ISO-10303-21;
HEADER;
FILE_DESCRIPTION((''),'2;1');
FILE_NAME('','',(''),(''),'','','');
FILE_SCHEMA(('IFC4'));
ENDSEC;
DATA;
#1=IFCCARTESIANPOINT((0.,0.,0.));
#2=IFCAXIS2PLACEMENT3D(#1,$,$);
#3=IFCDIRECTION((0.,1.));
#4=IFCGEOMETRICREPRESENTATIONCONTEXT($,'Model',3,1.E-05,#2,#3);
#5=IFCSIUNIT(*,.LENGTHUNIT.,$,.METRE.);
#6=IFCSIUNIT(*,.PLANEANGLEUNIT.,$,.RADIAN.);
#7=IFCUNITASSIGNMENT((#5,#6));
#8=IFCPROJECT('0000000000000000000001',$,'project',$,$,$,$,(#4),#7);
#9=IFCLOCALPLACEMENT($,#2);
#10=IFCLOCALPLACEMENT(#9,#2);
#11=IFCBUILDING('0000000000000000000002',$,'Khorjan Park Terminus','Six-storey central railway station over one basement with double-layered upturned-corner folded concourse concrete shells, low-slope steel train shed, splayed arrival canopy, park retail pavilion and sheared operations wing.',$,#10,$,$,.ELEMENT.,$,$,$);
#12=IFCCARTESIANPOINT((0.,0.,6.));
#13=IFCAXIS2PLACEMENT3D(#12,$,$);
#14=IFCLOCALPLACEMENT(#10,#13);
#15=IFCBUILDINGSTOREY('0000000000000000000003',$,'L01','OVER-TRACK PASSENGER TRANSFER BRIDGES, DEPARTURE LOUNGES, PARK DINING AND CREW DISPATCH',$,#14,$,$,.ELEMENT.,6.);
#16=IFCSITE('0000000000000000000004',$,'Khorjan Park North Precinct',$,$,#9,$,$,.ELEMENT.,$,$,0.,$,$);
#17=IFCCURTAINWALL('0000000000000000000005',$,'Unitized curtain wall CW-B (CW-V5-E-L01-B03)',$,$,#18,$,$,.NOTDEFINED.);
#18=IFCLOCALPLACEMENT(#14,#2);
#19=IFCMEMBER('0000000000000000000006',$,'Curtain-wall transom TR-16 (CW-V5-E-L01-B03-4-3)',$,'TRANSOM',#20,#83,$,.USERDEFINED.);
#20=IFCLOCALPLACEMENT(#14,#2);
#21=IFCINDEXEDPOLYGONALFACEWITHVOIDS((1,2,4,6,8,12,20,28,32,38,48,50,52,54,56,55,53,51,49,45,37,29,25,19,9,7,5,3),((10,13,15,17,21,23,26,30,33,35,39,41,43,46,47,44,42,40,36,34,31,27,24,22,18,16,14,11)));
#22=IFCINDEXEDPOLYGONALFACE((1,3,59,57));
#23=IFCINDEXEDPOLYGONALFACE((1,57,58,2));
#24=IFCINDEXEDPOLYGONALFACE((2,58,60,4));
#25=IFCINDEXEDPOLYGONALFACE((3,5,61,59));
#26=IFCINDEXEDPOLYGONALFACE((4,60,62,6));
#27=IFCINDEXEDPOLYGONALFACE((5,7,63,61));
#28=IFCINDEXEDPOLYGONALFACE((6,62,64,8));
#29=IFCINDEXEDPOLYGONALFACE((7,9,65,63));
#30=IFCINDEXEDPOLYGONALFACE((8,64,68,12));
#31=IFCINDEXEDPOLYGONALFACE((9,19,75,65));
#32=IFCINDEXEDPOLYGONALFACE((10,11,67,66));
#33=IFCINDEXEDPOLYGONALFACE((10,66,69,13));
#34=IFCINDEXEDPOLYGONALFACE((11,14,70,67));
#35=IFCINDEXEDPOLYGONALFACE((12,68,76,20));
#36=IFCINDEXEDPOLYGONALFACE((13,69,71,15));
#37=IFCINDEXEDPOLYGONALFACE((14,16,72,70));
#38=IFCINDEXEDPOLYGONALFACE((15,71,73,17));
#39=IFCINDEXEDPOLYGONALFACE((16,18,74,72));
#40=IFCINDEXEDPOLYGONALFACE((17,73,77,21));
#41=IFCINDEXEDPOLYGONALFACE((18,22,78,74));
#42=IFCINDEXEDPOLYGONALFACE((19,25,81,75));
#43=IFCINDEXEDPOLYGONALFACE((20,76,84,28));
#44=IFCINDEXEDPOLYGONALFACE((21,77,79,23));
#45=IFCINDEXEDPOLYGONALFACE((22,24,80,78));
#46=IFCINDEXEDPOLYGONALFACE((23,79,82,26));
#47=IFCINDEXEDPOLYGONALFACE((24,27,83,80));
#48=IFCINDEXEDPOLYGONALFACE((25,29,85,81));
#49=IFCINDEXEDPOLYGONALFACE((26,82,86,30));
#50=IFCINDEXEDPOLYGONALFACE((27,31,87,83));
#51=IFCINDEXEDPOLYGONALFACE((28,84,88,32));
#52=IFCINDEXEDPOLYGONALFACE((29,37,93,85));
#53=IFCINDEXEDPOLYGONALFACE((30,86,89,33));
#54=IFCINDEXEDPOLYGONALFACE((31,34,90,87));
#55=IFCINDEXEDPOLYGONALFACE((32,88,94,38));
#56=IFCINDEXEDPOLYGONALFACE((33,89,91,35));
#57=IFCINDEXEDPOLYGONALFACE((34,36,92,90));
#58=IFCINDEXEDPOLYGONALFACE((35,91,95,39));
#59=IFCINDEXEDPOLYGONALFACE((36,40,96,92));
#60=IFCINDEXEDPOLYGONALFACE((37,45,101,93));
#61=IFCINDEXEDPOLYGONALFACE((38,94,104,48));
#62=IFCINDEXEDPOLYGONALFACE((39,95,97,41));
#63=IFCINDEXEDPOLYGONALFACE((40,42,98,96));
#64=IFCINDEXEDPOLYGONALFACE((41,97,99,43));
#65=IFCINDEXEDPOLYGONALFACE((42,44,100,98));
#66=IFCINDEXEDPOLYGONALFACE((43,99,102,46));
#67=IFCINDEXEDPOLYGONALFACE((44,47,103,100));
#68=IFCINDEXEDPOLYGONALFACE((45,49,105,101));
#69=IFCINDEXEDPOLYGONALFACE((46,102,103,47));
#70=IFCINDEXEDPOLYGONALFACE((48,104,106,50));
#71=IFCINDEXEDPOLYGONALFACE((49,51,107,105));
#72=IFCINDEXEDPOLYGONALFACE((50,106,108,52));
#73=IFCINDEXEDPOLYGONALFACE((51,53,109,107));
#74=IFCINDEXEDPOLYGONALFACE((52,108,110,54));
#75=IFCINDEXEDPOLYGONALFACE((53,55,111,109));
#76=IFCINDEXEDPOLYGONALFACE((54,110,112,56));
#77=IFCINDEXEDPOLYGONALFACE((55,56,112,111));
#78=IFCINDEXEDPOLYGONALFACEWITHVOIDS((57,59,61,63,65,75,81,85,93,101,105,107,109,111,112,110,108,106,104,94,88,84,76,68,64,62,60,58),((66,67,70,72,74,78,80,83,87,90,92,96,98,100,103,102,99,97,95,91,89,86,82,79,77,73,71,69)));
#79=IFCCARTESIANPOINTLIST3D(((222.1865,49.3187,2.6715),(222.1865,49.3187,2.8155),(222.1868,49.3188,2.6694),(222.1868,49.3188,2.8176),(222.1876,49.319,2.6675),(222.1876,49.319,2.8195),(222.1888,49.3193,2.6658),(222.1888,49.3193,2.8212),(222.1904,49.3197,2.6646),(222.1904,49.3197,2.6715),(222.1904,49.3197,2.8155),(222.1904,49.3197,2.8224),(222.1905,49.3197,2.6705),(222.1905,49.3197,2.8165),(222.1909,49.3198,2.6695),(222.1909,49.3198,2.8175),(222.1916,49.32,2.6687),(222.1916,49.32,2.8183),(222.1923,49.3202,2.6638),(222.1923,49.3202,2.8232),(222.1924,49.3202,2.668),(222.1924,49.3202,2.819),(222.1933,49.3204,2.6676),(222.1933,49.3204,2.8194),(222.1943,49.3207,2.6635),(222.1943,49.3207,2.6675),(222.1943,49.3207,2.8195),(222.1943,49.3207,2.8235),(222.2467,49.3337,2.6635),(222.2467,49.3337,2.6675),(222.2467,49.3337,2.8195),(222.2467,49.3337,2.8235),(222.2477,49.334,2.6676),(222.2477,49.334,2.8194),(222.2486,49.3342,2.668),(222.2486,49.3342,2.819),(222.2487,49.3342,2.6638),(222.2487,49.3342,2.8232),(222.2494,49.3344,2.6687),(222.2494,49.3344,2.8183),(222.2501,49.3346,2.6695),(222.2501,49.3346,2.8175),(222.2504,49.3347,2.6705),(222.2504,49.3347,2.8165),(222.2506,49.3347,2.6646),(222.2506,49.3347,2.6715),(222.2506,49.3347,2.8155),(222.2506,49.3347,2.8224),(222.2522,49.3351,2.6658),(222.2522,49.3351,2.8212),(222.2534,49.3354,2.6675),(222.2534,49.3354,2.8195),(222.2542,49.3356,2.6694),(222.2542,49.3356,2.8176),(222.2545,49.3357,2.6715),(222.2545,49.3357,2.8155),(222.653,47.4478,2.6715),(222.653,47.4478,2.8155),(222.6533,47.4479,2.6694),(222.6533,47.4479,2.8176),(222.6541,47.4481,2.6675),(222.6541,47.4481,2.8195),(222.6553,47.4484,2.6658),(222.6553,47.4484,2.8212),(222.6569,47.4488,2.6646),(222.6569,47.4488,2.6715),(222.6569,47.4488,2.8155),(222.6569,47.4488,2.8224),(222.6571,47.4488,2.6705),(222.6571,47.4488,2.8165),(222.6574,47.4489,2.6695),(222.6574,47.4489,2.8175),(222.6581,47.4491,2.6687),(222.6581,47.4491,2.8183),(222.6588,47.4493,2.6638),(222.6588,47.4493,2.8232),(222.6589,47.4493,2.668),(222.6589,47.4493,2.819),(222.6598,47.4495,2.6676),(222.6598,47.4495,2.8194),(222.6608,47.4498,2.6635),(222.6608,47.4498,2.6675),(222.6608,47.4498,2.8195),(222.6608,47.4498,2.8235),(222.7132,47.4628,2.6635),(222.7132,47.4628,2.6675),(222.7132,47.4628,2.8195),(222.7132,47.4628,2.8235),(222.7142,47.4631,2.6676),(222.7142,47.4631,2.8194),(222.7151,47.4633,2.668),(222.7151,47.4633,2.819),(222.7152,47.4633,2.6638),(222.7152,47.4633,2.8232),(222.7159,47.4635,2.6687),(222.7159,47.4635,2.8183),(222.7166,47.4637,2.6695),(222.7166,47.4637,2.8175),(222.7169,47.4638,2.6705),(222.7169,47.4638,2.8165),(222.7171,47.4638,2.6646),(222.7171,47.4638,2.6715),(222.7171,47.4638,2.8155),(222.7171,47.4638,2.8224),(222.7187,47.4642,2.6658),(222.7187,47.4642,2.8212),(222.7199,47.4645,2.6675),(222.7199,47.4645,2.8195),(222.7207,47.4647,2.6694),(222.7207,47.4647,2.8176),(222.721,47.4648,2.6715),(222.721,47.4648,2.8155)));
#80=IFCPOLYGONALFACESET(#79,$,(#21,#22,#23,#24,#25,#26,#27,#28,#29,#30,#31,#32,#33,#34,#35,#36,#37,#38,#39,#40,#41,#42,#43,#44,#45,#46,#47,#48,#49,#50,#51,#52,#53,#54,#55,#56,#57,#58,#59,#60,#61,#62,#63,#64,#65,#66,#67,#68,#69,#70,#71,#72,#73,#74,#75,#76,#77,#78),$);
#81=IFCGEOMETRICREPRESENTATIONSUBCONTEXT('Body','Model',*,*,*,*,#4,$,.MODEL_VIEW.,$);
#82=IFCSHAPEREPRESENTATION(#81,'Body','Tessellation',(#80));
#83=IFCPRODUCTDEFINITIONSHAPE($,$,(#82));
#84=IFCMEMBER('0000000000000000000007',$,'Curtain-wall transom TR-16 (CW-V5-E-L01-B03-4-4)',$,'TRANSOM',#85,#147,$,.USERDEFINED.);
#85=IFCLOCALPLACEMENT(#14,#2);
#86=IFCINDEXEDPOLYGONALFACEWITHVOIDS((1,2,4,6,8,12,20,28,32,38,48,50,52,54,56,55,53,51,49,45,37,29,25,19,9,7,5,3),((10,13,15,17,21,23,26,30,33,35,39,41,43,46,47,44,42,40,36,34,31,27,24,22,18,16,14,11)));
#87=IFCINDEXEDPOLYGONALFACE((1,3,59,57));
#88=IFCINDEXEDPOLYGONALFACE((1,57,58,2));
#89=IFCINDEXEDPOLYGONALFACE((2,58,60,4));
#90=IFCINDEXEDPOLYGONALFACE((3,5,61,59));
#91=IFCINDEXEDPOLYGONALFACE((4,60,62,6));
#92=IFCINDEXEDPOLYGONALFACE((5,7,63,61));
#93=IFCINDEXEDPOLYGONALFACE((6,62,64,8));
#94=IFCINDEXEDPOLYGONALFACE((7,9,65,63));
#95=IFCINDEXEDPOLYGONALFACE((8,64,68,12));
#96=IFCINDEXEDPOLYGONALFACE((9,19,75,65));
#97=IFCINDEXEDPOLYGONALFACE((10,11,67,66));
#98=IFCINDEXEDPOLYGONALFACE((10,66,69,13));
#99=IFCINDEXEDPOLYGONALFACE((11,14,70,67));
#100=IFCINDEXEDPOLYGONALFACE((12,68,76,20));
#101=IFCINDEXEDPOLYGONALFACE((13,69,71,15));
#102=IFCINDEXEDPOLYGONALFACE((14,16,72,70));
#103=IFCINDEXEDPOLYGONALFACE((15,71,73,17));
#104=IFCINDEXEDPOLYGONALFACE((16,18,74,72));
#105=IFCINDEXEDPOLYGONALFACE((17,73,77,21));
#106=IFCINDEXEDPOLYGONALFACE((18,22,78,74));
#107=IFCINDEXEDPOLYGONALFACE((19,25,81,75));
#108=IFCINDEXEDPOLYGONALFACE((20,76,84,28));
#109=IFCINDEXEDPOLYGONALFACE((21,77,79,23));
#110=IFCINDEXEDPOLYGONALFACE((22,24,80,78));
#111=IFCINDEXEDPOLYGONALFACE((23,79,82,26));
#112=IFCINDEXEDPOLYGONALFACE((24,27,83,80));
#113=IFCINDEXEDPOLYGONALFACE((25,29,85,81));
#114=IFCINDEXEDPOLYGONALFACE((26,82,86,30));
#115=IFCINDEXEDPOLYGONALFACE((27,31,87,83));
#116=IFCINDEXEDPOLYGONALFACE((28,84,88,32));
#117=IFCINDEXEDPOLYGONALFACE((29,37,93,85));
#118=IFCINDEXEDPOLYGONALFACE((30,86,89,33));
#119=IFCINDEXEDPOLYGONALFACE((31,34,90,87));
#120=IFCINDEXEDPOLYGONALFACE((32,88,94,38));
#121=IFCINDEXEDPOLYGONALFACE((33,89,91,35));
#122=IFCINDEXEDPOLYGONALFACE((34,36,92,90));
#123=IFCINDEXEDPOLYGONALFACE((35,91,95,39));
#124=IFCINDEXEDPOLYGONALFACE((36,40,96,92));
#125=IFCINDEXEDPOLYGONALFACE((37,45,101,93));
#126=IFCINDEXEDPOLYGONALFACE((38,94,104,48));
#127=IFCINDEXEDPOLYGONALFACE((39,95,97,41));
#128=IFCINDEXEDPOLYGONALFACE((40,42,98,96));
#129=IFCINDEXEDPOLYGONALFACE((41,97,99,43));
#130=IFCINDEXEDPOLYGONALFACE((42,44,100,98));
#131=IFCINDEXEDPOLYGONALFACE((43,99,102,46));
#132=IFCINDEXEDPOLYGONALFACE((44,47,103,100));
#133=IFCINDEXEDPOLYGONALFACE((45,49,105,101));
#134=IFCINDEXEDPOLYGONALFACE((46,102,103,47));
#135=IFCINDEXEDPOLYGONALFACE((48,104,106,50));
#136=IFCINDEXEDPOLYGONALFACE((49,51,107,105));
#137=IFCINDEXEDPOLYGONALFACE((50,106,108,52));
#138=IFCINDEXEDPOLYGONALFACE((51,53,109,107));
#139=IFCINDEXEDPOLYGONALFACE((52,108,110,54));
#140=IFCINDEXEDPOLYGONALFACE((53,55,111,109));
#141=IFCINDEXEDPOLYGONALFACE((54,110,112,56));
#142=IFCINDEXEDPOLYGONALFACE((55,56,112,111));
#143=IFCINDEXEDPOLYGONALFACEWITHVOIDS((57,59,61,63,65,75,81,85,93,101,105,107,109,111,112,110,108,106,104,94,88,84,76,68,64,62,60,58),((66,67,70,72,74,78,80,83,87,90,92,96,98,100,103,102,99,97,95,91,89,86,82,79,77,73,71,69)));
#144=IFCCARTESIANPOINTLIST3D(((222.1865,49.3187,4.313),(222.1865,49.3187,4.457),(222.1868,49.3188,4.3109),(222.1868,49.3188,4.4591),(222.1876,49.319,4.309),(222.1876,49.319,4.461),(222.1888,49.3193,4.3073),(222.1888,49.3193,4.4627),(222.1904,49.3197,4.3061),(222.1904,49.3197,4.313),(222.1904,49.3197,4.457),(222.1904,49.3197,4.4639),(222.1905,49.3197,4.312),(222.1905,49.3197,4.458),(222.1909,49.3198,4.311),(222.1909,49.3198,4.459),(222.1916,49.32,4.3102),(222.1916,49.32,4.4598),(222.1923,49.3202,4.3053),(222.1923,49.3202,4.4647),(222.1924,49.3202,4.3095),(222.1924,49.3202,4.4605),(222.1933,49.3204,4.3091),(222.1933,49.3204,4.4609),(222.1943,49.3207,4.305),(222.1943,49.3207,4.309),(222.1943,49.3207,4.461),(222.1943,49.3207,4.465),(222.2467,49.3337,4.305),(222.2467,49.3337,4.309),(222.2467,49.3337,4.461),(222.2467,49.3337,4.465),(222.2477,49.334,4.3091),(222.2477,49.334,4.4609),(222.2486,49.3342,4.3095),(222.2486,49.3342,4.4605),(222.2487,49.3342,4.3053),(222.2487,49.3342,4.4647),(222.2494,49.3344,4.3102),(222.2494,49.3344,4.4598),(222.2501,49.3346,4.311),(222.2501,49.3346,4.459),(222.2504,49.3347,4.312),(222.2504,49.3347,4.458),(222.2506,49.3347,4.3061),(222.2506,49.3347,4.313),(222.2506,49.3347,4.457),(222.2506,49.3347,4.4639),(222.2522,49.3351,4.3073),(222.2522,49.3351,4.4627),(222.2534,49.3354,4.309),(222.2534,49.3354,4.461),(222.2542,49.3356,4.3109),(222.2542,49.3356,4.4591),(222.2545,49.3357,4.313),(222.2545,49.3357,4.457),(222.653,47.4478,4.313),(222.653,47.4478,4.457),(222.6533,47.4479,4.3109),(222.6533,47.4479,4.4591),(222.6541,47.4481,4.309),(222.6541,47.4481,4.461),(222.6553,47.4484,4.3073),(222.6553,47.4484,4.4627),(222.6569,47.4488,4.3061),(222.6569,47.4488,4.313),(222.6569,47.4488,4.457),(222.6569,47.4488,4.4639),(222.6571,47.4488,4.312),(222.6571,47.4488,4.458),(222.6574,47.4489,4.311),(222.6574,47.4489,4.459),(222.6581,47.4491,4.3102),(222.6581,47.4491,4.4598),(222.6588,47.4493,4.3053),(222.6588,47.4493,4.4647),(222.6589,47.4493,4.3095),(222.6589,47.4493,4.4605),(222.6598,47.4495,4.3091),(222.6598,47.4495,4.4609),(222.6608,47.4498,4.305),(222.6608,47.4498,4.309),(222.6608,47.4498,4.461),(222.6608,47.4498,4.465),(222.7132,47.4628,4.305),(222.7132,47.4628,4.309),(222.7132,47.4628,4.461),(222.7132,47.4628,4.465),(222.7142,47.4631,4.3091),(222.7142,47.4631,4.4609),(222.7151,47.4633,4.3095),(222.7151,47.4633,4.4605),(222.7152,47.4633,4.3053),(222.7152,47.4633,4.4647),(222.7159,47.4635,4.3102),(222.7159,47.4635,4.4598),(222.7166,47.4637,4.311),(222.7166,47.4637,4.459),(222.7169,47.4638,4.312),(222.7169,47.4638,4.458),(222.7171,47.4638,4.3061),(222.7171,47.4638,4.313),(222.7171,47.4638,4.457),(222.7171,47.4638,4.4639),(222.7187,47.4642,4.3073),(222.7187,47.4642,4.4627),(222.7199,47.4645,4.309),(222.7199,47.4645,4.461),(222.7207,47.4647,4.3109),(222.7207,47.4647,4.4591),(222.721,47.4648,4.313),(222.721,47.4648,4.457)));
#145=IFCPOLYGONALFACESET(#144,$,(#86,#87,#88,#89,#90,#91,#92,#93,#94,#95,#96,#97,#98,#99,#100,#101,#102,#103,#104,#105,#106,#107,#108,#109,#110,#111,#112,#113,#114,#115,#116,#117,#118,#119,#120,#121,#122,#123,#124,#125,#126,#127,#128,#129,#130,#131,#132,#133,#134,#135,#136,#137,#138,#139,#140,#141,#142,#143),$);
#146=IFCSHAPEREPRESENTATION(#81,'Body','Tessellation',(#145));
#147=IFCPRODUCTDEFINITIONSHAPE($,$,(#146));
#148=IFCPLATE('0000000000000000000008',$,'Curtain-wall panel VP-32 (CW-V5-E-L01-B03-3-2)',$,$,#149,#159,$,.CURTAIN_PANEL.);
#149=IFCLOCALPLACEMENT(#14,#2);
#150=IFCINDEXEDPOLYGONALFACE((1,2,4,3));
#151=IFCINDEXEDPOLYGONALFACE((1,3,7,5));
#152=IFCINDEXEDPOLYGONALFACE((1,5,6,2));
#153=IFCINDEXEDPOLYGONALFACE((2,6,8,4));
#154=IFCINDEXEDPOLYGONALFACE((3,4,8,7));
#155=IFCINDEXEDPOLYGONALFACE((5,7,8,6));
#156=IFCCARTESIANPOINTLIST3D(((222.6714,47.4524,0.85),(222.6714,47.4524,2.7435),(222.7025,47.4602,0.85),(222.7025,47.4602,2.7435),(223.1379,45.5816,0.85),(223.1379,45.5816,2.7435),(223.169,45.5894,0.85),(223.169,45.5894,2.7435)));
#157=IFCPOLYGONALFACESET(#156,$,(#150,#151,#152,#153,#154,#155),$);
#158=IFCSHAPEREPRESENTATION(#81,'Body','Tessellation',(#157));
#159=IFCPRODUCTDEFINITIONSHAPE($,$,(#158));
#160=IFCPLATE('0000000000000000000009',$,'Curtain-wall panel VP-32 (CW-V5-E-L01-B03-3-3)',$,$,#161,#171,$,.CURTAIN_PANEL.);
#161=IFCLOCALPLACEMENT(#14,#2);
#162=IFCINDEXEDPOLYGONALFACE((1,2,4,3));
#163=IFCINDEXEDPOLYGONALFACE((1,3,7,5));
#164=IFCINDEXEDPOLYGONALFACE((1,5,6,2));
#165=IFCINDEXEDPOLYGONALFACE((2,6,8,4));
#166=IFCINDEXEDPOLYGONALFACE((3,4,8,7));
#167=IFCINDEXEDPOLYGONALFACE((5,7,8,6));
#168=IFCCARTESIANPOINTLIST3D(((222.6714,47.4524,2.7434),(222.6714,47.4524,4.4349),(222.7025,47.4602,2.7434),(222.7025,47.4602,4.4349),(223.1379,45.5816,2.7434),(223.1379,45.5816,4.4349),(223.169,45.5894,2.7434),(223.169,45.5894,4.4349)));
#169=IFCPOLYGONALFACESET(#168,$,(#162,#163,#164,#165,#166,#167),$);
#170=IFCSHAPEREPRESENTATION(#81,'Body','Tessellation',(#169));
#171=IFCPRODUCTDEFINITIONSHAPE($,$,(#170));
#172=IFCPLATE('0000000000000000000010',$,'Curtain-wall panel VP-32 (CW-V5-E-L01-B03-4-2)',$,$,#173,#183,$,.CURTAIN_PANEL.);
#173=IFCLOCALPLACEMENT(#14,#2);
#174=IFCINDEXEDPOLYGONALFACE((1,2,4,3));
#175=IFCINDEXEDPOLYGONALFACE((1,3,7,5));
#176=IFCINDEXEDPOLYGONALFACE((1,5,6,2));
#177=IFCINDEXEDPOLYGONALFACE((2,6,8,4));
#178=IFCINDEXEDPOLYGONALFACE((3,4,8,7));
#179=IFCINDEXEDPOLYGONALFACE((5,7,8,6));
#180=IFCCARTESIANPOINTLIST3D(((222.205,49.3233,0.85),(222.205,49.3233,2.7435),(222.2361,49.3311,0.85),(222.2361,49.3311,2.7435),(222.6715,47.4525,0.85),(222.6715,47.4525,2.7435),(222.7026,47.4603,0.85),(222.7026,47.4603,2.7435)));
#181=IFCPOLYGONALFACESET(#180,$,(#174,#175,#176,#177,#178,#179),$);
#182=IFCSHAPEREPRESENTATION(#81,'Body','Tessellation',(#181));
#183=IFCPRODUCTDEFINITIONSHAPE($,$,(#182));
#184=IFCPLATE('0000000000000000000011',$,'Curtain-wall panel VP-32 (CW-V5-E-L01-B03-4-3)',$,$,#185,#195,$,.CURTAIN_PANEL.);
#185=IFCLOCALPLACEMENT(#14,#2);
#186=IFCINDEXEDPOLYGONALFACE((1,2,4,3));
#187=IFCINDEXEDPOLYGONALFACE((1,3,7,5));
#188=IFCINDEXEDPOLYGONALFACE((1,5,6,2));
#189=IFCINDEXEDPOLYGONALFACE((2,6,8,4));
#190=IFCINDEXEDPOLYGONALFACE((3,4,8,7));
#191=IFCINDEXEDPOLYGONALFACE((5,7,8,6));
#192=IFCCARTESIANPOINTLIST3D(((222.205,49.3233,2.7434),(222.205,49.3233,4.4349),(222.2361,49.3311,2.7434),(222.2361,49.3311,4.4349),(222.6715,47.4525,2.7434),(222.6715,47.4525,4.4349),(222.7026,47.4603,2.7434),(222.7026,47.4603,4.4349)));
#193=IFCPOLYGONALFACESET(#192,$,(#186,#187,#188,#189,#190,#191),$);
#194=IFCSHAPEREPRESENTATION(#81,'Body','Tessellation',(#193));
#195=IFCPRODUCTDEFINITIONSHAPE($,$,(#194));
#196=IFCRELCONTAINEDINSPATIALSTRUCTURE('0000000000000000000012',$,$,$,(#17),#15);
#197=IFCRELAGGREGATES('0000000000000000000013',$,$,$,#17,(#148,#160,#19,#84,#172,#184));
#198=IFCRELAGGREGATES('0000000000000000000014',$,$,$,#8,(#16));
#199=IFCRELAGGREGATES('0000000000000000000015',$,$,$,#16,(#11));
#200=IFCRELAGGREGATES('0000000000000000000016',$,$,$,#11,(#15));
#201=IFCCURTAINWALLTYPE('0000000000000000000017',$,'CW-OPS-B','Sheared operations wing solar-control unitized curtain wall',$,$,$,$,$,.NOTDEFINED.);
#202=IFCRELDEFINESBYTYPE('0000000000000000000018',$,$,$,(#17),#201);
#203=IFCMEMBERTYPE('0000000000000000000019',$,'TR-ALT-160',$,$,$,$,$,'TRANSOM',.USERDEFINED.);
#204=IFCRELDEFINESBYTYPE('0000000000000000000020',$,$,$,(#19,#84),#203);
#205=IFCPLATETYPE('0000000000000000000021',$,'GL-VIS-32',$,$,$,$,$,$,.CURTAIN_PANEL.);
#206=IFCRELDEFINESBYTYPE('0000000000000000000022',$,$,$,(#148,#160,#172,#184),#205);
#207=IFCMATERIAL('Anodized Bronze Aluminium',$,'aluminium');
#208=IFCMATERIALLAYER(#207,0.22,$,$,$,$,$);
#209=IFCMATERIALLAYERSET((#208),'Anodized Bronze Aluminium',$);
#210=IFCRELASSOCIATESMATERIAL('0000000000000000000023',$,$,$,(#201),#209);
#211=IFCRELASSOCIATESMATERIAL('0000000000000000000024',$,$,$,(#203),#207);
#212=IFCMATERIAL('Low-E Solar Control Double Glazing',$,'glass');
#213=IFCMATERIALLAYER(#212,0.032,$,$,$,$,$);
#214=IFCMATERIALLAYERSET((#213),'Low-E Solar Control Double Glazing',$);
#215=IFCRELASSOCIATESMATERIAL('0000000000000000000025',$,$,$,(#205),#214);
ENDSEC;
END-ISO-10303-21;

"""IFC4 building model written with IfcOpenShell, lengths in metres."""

from ifc_helpers import new_model, si_unit, direction, frame, origin, origin_2d, place, context, subcontext, project, spatial, rectangle, hollow_rectangle, extrude, material, layer, layer_set, material_profile, profile_set, type_object, element, aggregate, save


model = new_model("IFC4")

# Units and contexts
model_context = context("Model", 3, precision=1e-05, world=origin(), true_north=direction((0.0, 1.0)))
body_context = subcontext(model_context, "Body", "Model", "MODEL_VIEW")
ifc_project = project(units=[si_unit("LENGTHUNIT", "METRE"), si_unit("PLANEANGLEUNIT", "RADIAN")], contexts=[model_context])

# Site, building, storey
site_placement = place(None, origin())
site = spatial("IfcSite", under=ifc_project, at=site_placement, Name="Khorjan Park North Precinct", CompositionType="ELEMENT", RefElevation=0.0)
building_placement = place(site_placement, origin())
building = spatial("IfcBuilding", under=site, at=building_placement, Name="Khorjan Park Terminus", Description="Six-storey central railway station over one basement with double-layered upturned-corner folded concourse concrete shells, low-slope steel train shed, splayed arrival canopy, park retail pavilion and sheared operations wing.", CompositionType="ELEMENT")
storey_placement = place(building_placement, frame((0.0, 0.0, 6.0)))
storey = spatial("IfcBuildingStorey", under=building, at=storey_placement, Name="L01", Description="OVER-TRACK PASSENGER TRANSFER BRIDGES, DEPARTURE LOUNGES, PARK DINING AND CREW DISPATCH", CompositionType="ELEMENT", Elevation=6.0)

# Curtain wall
ifc_material_1 = material(Name="Anodized Bronze Aluminium", Category="aluminium")
ifc_layer_1 = layer(ifc_material_1, 0.22)
ifc_layer_set_1 = layer_set([ifc_layer_1], Name="Anodized Bronze Aluminium")
curtain_wall_type = type_object("IfcCurtainWallType", Name="CW-OPS-B", Description="Sheared operations wing solar-control unitized curtain wall", PredefinedType="NOTDEFINED", material=ifc_layer_set_1)
curtain_wall_1_placement = place(storey_placement, origin())
curtain_wall_1 = element("IfcCurtainWall", 1, at=curtain_wall_1_placement, inside=storey, type_object=curtain_wall_type, Name="Unitized curtain wall CW-B (CW-V5-E-L01-B03)", PredefinedType="NOTDEFINED")

# Members
ifc_material_profile_1 = material_profile(ifc_material_1, hollow_rectangle(XDim=0.07, YDim=0.16, WallThickness=0.004, InnerFilletRadius=0.004, OuterFilletRadius=0.008, at=origin_2d()), Name="ALT 70x160x4")
ifc_profile_set_1 = profile_set([ifc_material_profile_1], Name="Anodized Bronze Aluminium")
member_type_1 = type_object("IfcMemberType", Name="TR-ALT-160", ElementType="TRANSOM", PredefinedType="USERDEFINED", material=ifc_profile_set_1)
member_1_placement = place(storey_placement, frame((222.687, 47.4563, 2.7435), z_axis=(-0.241938, 0.970292, 0.0), x_axis=(-0.970292, -0.241938, 0.0)))
member_1 = element("IfcMember", 2, at=member_1_placement, type_object=member_type_1, Name="Curtain-wall transom TR-16 (CW-V5-E-L01-B03-4-3)", ObjectType="TRANSOM", PredefinedType="USERDEFINED", context=body_context, shape_type="SweptSolid", body=[
    extrude(hollow_rectangle(XDim=0.07, YDim=0.16, WallThickness=0.004, InnerFilletRadius=0.004, OuterFilletRadius=0.008, at=origin_2d()), origin(), (0.0, 0.0, 1.0), 1.9282),
])
member_2_placement = place(storey_placement, frame((222.687, 47.4563, 4.385), z_axis=(-0.241938, 0.970292, 0.0), x_axis=(-0.970292, -0.241938, 0.0)))
member_2 = element("IfcMember", 3, at=member_2_placement, type_object=member_type_1, Name="Curtain-wall transom TR-16 (CW-V5-E-L01-B03-4-4)", ObjectType="TRANSOM", PredefinedType="USERDEFINED", context=body_context, shape_type="SweptSolid", body=[
    extrude(hollow_rectangle(XDim=0.07, YDim=0.16, WallThickness=0.004, InnerFilletRadius=0.004, OuterFilletRadius=0.008, at=origin_2d()), origin(), (0.0, 0.0, 1.0), 1.9282),
])

# Plates
ifc_material_2 = material(Name="Low-E Solar Control Double Glazing", Category="glass")
ifc_layer_2 = layer(ifc_material_2, 0.032)
ifc_layer_set_2 = layer_set([ifc_layer_2], Name="Low-E Solar Control Double Glazing")
plate_type_1 = type_object("IfcPlateType", Name="GL-VIS-32", PredefinedType="CURTAIN_PANEL", material=ifc_layer_set_2)
plate_1_placement = place(storey_placement, frame((222.9202, 46.5209, 0.85), z_axis=(0.0, 0.0, 1.0), x_axis=(-0.241923, 0.970295, 0.0)))
plate_1 = element("IfcPlate", 4, at=plate_1_placement, type_object=plate_type_1, Name="Curtain-wall panel VP-32 (CW-V5-E-L01-B03-3-2)", PredefinedType="CURTAIN_PANEL", context=body_context, shape_type="SweptSolid", body=[
    extrude(rectangle(XDim=1.9281, YDim=0.032, at=origin_2d()), origin(), (0.0, 0.0, 1.0), 1.8935),
])
plate_2_placement = place(storey_placement, frame((222.9202, 46.5209, 2.7434), z_axis=(0.0, 0.0, 1.0), x_axis=(-0.241923, 0.970295, 0.0)))
plate_2 = element("IfcPlate", 5, at=plate_2_placement, type_object=plate_type_1, Name="Curtain-wall panel VP-32 (CW-V5-E-L01-B03-3-3)", PredefinedType="CURTAIN_PANEL", context=body_context, shape_type="SweptSolid", body=[
    extrude(rectangle(XDim=1.9281, YDim=0.032, at=origin_2d()), origin(), (0.0, 0.0, 1.0), 1.6915),
])
plate_3_placement = place(storey_placement, frame((222.4538, 48.3918, 0.85), z_axis=(0.0, 0.0, 1.0), x_axis=(-0.241923, 0.970295, 0.0)))
plate_3 = element("IfcPlate", 6, at=plate_3_placement, type_object=plate_type_1, Name="Curtain-wall panel VP-32 (CW-V5-E-L01-B03-4-2)", PredefinedType="CURTAIN_PANEL", context=body_context, shape_type="SweptSolid", body=[
    extrude(rectangle(XDim=1.9281, YDim=0.032, at=origin_2d()), origin(), (0.0, 0.0, 1.0), 1.8935),
])
plate_4_placement = place(storey_placement, frame((222.4538, 48.3918, 2.7434), z_axis=(0.0, 0.0, 1.0), x_axis=(-0.241923, 0.970295, 0.0)))
plate_4 = element("IfcPlate", 7, at=plate_4_placement, type_object=plate_type_1, Name="Curtain-wall panel VP-32 (CW-V5-E-L01-B03-4-3)", PredefinedType="CURTAIN_PANEL", context=body_context, shape_type="SweptSolid", body=[
    extrude(rectangle(XDim=1.9281, YDim=0.032, at=origin_2d()), origin(), (0.0, 0.0, 1.0), 1.6915),
])
aggregate(curtain_wall_1, [plate_1, plate_2, member_1, member_2, plate_3, plate_4])

save(model, "model.ifc")
